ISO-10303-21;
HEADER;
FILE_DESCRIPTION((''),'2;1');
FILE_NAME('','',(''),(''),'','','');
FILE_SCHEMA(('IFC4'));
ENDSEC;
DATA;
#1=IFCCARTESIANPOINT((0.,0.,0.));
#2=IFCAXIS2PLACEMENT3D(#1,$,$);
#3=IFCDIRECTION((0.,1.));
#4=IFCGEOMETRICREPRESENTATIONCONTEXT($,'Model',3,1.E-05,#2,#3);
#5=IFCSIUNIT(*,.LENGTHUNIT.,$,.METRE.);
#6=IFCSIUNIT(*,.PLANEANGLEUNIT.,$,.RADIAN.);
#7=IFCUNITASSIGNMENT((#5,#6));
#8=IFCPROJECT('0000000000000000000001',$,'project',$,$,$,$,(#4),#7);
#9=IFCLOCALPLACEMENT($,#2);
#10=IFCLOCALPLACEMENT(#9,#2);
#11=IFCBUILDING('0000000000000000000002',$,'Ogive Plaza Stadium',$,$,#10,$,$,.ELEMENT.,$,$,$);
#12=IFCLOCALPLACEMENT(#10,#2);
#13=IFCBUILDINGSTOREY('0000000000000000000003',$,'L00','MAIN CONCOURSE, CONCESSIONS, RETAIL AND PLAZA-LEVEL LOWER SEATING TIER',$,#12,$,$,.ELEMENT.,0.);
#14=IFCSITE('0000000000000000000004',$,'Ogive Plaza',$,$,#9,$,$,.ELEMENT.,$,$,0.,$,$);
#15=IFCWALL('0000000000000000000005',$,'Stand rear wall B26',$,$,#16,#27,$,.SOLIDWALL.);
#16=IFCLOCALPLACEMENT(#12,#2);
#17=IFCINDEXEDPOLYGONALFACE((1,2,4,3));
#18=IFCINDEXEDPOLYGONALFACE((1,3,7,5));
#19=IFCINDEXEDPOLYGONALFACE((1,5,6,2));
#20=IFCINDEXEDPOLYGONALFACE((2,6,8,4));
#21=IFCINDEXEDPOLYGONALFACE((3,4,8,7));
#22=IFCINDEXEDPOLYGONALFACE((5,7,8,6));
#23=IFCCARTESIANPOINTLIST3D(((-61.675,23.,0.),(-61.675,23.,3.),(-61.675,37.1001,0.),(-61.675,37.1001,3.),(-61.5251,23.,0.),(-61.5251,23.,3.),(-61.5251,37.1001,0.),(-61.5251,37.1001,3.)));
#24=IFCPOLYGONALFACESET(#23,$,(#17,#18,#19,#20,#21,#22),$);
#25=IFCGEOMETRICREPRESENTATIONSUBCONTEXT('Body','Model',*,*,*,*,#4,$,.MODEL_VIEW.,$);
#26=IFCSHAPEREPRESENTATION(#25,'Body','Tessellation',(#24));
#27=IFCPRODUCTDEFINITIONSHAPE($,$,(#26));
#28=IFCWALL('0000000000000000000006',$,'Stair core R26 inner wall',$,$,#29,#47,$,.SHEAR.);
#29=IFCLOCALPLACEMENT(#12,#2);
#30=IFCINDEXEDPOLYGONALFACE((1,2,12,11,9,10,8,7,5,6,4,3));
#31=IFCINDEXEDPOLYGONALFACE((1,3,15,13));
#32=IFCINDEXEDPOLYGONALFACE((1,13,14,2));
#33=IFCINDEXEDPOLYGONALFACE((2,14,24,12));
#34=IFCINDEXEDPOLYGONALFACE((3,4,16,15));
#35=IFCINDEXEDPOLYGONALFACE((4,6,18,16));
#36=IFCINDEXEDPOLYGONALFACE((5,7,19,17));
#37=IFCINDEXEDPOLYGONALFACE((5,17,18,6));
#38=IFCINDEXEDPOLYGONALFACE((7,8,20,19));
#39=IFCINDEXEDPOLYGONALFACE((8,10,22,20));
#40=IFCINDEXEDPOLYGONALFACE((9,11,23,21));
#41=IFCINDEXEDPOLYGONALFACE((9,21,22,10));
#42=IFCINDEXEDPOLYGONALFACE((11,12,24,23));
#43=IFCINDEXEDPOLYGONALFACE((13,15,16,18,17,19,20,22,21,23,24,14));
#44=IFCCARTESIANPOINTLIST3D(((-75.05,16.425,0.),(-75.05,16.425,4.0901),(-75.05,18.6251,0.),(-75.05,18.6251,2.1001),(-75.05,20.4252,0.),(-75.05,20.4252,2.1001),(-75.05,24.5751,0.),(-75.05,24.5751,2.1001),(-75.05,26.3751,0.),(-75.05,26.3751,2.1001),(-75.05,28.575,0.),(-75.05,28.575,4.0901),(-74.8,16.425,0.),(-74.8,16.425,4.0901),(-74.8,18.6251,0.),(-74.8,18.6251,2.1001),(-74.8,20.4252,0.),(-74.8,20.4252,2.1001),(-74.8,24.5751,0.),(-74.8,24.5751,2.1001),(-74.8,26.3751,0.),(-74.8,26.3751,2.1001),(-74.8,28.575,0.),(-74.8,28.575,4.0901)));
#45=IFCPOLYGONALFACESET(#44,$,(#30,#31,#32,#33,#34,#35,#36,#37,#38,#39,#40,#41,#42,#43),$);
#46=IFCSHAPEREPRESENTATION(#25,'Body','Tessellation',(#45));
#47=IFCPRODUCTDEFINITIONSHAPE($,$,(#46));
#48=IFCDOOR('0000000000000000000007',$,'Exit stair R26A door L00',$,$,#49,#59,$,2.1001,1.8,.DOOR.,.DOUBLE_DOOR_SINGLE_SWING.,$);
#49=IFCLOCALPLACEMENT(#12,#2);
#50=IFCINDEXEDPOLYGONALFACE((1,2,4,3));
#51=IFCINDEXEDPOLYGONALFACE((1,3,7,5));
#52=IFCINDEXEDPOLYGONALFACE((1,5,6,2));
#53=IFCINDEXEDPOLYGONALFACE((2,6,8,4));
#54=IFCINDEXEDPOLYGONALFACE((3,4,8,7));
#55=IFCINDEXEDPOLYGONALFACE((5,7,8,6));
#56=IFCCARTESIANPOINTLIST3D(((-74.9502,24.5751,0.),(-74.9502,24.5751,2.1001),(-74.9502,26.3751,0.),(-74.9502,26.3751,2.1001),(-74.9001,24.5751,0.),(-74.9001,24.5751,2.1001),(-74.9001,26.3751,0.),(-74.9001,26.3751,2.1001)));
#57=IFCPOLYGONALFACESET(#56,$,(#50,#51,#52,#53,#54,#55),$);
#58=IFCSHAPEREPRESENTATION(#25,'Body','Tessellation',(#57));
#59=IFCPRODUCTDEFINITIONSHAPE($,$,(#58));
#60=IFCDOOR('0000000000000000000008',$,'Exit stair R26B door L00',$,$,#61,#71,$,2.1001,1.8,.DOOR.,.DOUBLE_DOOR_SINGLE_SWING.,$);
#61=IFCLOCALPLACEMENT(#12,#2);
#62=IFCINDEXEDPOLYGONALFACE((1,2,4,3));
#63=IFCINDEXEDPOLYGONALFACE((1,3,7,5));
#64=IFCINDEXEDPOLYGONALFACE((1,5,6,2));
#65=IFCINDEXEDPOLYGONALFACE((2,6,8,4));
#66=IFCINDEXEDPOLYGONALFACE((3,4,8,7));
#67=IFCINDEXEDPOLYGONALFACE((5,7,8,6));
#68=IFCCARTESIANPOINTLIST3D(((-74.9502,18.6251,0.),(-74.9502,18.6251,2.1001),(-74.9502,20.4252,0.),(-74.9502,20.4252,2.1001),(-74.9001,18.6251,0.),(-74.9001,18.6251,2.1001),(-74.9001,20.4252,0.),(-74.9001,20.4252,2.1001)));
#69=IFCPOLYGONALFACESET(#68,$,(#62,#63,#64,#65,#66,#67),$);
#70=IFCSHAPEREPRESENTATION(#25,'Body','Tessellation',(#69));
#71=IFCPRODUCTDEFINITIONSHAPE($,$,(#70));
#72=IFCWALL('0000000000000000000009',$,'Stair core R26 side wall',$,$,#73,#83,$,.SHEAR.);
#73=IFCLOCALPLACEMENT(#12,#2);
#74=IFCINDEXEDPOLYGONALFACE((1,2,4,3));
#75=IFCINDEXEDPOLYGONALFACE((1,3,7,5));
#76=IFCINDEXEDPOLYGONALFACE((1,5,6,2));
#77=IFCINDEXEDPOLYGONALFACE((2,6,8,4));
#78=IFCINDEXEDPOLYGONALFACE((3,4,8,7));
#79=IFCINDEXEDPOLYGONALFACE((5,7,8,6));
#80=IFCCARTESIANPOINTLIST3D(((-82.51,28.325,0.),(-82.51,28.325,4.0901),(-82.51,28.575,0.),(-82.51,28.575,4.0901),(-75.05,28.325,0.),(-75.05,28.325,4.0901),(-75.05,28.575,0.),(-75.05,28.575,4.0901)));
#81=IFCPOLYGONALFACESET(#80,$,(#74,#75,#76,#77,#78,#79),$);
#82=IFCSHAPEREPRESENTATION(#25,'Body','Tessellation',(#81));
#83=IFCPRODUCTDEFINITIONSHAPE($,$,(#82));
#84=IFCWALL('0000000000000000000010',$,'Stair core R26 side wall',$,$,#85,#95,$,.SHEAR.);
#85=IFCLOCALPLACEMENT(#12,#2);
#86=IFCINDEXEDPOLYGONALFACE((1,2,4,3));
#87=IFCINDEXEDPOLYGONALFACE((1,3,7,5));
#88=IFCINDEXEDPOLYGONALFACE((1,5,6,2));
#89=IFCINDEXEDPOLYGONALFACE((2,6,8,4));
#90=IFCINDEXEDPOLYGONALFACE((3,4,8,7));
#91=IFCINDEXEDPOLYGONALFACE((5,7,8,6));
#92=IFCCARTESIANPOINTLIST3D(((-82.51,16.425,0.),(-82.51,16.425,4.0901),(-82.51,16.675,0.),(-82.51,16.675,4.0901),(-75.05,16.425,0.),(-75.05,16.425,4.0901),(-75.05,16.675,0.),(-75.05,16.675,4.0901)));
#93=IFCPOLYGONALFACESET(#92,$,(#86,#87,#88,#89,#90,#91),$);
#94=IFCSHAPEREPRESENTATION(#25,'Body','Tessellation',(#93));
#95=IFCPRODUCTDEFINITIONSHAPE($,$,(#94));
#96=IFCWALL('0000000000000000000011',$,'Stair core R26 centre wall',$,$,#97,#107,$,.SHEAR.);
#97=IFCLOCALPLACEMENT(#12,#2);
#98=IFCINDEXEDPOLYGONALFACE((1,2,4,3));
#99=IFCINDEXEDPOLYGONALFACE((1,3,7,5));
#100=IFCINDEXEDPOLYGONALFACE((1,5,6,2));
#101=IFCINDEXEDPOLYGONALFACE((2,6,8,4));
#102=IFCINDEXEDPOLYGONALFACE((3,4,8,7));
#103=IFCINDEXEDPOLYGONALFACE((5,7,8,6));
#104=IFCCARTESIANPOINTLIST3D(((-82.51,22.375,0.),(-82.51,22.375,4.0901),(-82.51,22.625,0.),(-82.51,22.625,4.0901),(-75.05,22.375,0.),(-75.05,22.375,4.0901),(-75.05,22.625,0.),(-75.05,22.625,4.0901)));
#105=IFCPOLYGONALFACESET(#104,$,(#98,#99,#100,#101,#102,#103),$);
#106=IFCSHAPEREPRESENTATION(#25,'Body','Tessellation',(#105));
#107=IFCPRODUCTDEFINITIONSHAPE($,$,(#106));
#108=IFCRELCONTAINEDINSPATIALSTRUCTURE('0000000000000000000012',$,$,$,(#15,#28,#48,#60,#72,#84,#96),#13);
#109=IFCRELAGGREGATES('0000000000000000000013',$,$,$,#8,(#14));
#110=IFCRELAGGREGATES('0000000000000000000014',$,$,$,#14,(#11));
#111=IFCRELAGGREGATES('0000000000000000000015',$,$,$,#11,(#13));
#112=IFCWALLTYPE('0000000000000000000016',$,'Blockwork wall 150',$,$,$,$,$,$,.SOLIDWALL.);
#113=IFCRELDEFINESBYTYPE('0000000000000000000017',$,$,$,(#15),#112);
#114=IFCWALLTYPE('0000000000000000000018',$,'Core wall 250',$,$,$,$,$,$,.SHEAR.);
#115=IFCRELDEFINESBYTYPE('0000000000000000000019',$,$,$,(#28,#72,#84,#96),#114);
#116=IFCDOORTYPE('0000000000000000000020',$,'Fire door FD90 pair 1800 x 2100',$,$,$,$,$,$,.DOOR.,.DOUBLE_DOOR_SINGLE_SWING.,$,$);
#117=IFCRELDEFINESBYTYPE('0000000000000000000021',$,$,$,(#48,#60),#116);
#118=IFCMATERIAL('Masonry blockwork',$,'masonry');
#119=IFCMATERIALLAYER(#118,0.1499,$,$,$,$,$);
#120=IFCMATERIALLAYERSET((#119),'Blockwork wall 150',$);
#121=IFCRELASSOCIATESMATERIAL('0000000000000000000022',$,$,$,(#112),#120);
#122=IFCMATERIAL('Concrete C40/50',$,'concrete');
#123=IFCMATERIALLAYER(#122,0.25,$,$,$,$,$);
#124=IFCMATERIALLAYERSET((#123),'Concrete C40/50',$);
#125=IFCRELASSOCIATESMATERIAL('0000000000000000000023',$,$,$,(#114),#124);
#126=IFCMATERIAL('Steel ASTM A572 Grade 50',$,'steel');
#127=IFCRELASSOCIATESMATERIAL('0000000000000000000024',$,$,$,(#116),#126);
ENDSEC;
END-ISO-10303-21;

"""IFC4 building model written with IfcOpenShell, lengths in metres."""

from ifc_helpers import new_model, si_unit, direction, frame, frame_2d, origin, place, context, subcontext, project, spatial, rectangle, extrude, material, layer, layer_set, type_object, element, fill, save


model = new_model("IFC4")

# Units and contexts
model_context = context("Model", 3, precision=1e-05, world=origin(), true_north=direction((0.0, 1.0)))
body_context = subcontext(model_context, "Body", "Model", "MODEL_VIEW")
ifc_project = project(units=[si_unit("LENGTHUNIT", "METRE"), si_unit("PLANEANGLEUNIT", "RADIAN")], contexts=[model_context])

# Site, building, storey
site_placement = place(None, origin())
site = spatial("IfcSite", under=ifc_project, at=site_placement, Name="Ogive Plaza", CompositionType="ELEMENT", RefElevation=0.0)
building_placement = place(site_placement, origin())
building = spatial("IfcBuilding", under=site, at=building_placement, Name="Ogive Plaza Stadium", CompositionType="ELEMENT")
storey_placement = place(building_placement, origin())
storey = spatial("IfcBuildingStorey", under=building, at=storey_placement, Name="L00", Description="MAIN CONCOURSE, CONCESSIONS, RETAIL AND PLAZA-LEVEL LOWER SEATING TIER", CompositionType="ELEMENT", Elevation=0.0)

# Shared definitions
ifc_material_1 = material(Name="Masonry blockwork", Category="masonry")
ifc_layer_1 = layer(ifc_material_1, 0.1499)
ifc_layer_set_1 = layer_set([ifc_layer_1], Name="Blockwork wall 150")
wall_type_1 = type_object("IfcWallType", Name="Blockwork wall 150", PredefinedType="SOLIDWALL", material=ifc_layer_set_1)

# Wall
wall_1_placement = place(storey_placement, frame((-61.6001, 23.0, 0.0), z_axis=(0.0, 0.0, 1.0), x_axis=(0.0, 1.0, 0.0)))
element("IfcWall", 1, at=wall_1_placement, inside=storey, type_object=wall_type_1, Name="Stand rear wall B26", PredefinedType="SOLIDWALL", context=body_context, shape_type="SweptSolid", body=[
    extrude(rectangle(XDim=14.1001, YDim=0.1499, at=frame_2d((7.05, 0.0))), origin(), (0.0, 0.0, 1.0), 3.0),
])

# Wall, openings, doors
ifc_material_2 = material(Name="Concrete C40/50", Category="concrete")
ifc_layer_2 = layer(ifc_material_2, 0.25)
ifc_layer_set_2 = layer_set([ifc_layer_2], Name="Concrete C40/50")
wall_type_2 = type_object("IfcWallType", Name="Core wall 250", PredefinedType="SHEAR", material=ifc_layer_set_2)
wall_2_placement = place(storey_placement, frame((-74.925, 28.575, 0.0), z_axis=(0.0, 0.0, 1.0), x_axis=(0.0, -1.0, 0.0)))
wall_2 = element("IfcWall", 2, at=wall_2_placement, inside=storey, type_object=wall_type_2, Name="Stair core R26 inner wall", PredefinedType="SHEAR", context=body_context, shape_type="SweptSolid", body=[
    extrude(rectangle(XDim=12.1499, YDim=0.25, at=frame_2d((6.075, 0.0))), origin(), (0.0, 0.0, 1.0), 4.0901),
])
opening_1_placement = place(wall_2_placement, frame((2.2, 0.0, 0.0)))
opening_1 = element("IfcOpeningElement", 3, at=opening_1_placement, cuts=wall_2, PredefinedType="OPENING", context=body_context, shape_type="SweptSolid", body=[
    extrude(rectangle(XDim=1.8, YDim=2.1001, at=frame_2d((0.8999, 1.05))), frame((0.0, 0.125, 0.0), z_axis=(0.0, -1.0, 0.0), x_axis=(1.0, 0.0, 0.0)), (0.0, 0.0, 1.0), 0.25),
])
opening_2_placement = place(wall_2_placement, frame((8.1499, 0.0, 0.0)))
opening_2 = element("IfcOpeningElement", 4, at=opening_2_placement, cuts=wall_2, PredefinedType="OPENING", context=body_context, shape_type="SweptSolid", body=[
    extrude(rectangle(XDim=1.8, YDim=2.1001, at=frame_2d((0.8999, 1.05))), frame((0.0, 0.125, 0.0), z_axis=(0.0, -1.0, 0.0), x_axis=(1.0, 0.0, 0.0)), (0.0, 0.0, 1.0), 0.25),
])
ifc_material_3 = material(Name="Steel ASTM A572 Grade 50", Category="steel")
door_type_1 = type_object("IfcDoorType", Name="Fire door FD90 pair 1800 x 2100", OperationType="DOUBLE_DOOR_SINGLE_SWING", PredefinedType="DOOR", material=ifc_material_3)
door_1_placement = place(opening_1_placement, origin())
door_1 = element("IfcDoor", 5, at=door_1_placement, inside=storey, type_object=door_type_1, Name="Exit stair R26A door L00", OperationType="DOUBLE_DOOR_SINGLE_SWING", OverallHeight=2.1001, OverallWidth=1.8, PredefinedType="DOOR", context=body_context, shape_type="SweptSolid", body=[
    extrude(rectangle(XDim=1.8, YDim=2.1001, at=frame_2d((0.8999, 1.05))), frame((0.0, 0.0249, 0.0), z_axis=(0.0, -1.0, 0.0), x_axis=(1.0, 0.0, 0.0)), (0.0, 0.0, 1.0), 0.05),
])
fill(opening_1, door_1)
door_2_placement = place(opening_2_placement, origin())
door_2 = element("IfcDoor", 6, at=door_2_placement, inside=storey, type_object=door_type_1, Name="Exit stair R26B door L00", OperationType="DOUBLE_DOOR_SINGLE_SWING", OverallHeight=2.1001, OverallWidth=1.8, PredefinedType="DOOR", context=body_context, shape_type="SweptSolid", body=[
    extrude(rectangle(XDim=1.8, YDim=2.1001, at=frame_2d((0.8999, 1.05))), frame((0.0, 0.0249, 0.0), z_axis=(0.0, -1.0, 0.0), x_axis=(1.0, 0.0, 0.0)), (0.0, 0.0, 1.0), 0.05),
])
fill(opening_2, door_2)

# Walls
for number, where, z_axis, x_axis, name in (
    (7, (-75.05, 28.45, 0.0), (0.0, 0.0, 1.0), (-1.0, 0.0, 0.0), "Stair core R26 side wall"),
    (8, (-75.05, 16.55, 0.0), (0.0, 0.0, 1.0), (-1.0, 0.0, 0.0), "Stair core R26 side wall"),
    (9, (-75.05, 22.5, 0.0), (0.0, 0.0, 1.0), (-1.0, 0.0, 0.0), "Stair core R26 centre wall"),
):
    element("IfcWall", number, at=place(storey_placement, frame(where, z_axis=z_axis, x_axis=x_axis)), inside=storey, type_object=wall_type_2, Name=name, PredefinedType="SHEAR", context=body_context, shape_type="SweptSolid", body=[
        extrude(rectangle(XDim=7.46, YDim=0.25, at=frame_2d((3.73, 0.0))), origin(), (0.0, 0.0, 1.0), 4.0901),
    ])

save(model, "model.ifc")
